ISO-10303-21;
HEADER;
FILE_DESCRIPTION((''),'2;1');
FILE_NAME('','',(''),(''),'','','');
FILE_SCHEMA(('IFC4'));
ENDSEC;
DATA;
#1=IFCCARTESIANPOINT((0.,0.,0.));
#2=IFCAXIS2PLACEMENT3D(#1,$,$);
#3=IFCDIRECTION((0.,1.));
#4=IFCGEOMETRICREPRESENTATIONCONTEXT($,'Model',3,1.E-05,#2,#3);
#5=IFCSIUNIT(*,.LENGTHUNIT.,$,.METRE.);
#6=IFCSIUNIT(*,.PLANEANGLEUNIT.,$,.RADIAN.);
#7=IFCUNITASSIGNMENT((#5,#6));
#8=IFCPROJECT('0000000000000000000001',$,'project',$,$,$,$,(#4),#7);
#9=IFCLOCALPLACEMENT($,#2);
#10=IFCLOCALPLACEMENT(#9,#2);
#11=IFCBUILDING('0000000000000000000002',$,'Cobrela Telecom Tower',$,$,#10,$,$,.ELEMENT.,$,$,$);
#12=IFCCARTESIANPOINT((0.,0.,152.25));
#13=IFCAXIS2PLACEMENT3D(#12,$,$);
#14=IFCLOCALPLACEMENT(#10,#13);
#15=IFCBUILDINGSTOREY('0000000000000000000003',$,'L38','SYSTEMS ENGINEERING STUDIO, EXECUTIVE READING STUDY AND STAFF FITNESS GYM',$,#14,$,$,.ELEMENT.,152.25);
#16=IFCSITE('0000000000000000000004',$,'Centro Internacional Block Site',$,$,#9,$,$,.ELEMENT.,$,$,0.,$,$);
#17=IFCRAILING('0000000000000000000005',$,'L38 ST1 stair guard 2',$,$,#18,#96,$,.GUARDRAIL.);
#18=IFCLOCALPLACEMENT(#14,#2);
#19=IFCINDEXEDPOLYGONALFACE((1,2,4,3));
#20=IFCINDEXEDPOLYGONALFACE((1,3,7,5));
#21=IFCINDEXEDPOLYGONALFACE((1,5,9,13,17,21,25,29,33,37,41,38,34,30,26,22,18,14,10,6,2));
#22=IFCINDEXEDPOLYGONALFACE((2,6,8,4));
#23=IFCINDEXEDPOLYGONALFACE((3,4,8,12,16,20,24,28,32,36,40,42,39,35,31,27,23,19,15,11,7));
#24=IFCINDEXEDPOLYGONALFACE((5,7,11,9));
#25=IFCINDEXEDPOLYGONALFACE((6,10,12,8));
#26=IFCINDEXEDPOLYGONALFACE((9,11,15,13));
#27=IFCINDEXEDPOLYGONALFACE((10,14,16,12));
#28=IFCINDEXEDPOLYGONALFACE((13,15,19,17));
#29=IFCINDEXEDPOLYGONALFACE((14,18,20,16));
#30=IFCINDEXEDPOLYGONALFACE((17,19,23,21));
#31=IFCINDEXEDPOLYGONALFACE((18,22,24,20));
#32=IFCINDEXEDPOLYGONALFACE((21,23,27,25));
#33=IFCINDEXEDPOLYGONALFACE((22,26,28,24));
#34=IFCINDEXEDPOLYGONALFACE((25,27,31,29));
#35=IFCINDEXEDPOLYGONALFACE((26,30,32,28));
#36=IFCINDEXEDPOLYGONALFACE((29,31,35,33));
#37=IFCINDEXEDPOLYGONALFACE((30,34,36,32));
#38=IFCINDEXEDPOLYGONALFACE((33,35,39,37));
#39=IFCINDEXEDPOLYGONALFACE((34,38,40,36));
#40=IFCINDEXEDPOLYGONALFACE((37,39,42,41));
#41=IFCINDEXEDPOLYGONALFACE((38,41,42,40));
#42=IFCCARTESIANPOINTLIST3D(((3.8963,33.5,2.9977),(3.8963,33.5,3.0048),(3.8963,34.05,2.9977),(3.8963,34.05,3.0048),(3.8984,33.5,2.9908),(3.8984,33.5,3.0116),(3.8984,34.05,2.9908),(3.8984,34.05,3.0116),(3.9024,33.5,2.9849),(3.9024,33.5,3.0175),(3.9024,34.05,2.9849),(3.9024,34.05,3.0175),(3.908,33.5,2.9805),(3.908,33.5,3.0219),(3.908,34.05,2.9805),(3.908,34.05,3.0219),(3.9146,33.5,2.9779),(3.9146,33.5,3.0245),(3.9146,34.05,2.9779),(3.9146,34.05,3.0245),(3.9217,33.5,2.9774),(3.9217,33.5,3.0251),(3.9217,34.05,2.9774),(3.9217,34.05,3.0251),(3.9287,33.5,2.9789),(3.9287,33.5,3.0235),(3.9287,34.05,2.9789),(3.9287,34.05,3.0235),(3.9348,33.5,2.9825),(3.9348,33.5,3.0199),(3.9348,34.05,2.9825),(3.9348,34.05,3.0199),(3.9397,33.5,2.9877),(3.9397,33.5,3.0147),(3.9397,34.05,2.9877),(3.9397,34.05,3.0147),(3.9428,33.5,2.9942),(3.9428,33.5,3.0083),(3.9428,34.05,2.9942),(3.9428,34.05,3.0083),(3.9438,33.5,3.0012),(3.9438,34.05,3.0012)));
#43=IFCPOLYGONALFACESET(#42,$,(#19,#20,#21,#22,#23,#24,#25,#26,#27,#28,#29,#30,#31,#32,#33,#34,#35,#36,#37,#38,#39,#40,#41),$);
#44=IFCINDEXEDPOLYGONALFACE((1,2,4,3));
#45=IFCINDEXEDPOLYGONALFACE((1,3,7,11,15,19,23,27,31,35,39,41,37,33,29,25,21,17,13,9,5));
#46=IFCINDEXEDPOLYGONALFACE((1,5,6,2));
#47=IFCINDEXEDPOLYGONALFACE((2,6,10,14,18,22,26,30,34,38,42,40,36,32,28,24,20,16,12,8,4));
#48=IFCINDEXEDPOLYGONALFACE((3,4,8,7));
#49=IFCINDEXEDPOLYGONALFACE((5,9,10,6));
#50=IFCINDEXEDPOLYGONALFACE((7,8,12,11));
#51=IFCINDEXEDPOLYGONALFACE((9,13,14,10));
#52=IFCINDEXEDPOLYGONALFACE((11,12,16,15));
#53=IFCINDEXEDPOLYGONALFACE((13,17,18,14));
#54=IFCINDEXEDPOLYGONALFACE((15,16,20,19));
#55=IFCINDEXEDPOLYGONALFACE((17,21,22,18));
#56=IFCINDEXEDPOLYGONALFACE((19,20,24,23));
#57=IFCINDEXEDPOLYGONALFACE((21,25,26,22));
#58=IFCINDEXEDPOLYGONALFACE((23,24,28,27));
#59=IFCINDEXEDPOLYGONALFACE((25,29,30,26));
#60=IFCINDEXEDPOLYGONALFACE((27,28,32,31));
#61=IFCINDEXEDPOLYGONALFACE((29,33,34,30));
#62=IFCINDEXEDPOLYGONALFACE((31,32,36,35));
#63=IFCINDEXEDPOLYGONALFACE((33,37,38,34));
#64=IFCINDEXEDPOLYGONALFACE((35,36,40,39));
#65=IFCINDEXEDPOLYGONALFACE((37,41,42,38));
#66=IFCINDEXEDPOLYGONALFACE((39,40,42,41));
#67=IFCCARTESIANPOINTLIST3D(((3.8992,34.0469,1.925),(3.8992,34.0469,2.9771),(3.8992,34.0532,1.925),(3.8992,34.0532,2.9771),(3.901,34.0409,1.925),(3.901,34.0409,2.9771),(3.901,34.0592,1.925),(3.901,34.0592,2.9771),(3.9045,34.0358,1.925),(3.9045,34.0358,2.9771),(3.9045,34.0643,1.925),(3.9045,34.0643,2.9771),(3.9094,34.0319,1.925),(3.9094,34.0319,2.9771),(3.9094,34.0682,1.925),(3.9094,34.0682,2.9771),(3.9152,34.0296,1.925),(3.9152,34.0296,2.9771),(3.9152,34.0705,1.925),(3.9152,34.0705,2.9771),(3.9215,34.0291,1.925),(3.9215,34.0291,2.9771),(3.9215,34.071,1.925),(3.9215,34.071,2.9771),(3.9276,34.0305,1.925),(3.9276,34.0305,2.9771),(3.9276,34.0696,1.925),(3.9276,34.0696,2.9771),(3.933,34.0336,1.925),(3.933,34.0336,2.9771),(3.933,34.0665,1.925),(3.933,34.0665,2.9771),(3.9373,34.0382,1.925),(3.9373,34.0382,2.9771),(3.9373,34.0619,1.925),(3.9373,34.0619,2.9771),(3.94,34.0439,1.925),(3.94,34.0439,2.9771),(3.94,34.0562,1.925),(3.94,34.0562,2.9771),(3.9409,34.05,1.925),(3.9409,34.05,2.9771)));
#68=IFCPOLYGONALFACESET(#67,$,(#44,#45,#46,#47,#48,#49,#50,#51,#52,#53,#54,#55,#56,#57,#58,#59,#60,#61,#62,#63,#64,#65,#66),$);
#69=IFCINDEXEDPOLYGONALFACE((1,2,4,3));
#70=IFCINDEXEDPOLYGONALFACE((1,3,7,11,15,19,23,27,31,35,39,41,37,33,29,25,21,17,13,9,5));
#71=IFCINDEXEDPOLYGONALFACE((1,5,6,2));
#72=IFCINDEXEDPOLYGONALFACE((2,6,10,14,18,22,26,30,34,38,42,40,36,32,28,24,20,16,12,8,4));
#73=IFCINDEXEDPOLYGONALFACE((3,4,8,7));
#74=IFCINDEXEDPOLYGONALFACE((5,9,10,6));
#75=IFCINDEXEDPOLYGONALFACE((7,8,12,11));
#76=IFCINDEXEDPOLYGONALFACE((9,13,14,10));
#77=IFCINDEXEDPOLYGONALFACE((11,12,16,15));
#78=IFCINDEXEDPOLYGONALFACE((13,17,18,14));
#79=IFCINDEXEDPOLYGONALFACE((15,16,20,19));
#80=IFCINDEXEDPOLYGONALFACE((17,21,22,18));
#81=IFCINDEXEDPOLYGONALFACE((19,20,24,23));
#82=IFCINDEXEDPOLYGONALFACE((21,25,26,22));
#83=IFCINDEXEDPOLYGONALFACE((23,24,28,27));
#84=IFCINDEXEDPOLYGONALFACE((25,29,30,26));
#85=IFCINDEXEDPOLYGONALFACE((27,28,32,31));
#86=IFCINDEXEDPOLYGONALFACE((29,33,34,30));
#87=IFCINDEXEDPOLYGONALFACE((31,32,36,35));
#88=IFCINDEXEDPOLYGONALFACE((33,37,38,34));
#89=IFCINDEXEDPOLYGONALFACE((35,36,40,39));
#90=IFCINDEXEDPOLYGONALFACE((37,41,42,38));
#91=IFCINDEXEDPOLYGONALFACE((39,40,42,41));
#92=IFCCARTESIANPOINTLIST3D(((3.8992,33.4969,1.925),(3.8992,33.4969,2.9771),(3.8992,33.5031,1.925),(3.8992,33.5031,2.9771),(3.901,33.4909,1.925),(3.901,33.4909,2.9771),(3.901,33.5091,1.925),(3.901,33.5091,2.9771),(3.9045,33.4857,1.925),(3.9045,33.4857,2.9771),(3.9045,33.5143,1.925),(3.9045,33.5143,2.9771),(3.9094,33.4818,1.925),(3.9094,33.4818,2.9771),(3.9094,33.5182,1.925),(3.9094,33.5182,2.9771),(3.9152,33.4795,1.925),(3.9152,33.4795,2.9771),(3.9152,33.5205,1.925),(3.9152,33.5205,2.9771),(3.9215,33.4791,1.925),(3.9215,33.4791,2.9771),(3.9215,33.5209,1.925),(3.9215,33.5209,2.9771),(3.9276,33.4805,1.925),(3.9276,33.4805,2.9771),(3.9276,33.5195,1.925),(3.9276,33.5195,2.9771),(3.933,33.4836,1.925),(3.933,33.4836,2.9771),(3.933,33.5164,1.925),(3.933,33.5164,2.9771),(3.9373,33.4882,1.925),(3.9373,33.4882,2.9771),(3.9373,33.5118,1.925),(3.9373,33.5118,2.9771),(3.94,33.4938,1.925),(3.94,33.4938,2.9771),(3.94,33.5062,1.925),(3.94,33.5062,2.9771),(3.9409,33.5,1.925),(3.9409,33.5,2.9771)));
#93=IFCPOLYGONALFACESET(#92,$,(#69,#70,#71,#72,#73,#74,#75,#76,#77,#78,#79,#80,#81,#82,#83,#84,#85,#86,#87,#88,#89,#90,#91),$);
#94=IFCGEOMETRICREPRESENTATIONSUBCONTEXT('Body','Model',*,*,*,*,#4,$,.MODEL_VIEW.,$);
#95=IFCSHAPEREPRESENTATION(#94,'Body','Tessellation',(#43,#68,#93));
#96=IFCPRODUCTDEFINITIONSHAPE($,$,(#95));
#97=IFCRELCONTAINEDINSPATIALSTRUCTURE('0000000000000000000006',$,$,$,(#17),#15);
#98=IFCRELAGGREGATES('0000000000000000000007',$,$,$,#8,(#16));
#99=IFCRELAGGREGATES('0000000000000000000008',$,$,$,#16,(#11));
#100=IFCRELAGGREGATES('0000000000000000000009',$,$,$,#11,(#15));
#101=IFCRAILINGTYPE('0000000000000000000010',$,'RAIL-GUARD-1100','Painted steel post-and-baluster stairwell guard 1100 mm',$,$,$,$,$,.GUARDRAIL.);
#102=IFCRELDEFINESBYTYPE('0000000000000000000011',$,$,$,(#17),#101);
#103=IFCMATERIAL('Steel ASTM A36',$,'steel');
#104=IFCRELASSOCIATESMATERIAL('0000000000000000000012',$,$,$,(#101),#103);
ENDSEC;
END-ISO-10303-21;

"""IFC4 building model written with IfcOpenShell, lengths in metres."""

from ifc_helpers import new_model, si_unit, direction, frame, origin, origin_2d, place, context, subcontext, project, spatial, circle, extrude, material, type_object, element, save


model = new_model("IFC4")

# Units and contexts
model_context = context("Model", 3, precision=1e-05, world=origin(), true_north=direction((0.0, 1.0)))
body_context = subcontext(model_context, "Body", "Model", "MODEL_VIEW")
ifc_project = project(units=[si_unit("LENGTHUNIT", "METRE"), si_unit("PLANEANGLEUNIT", "RADIAN")], contexts=[model_context])

# Site, building, storey
site_placement = place(None, origin())
site = spatial("IfcSite", under=ifc_project, at=site_placement, Name="Centro Internacional Block Site", CompositionType="ELEMENT", RefElevation=0.0)
building_placement = place(site_placement, origin())
building = spatial("IfcBuilding", under=site, at=building_placement, Name="Cobrela Telecom Tower", CompositionType="ELEMENT")
storey_placement = place(building_placement, frame((0.0, 0.0, 152.25)))
storey = spatial("IfcBuildingStorey", under=building, at=storey_placement, Name="L38", Description="SYSTEMS ENGINEERING STUDIO, EXECUTIVE READING STUDY AND STAFF FITNESS GYM", CompositionType="ELEMENT", Elevation=152.25)

# Shared definitions
ifc_material_1 = material(Name="Steel ASTM A36", Category="steel")

# Railing
railing_type_1 = type_object("IfcRailingType", Name="RAIL-GUARD-1100", Description="Painted steel post-and-baluster stairwell guard 1100 mm", PredefinedType="GUARDRAIL", material=ifc_material_1)
railing_1_placement = place(storey_placement, frame((3.9199, 34.05, 1.925)))
element("IfcRailing", 1, at=railing_1_placement, inside=storey, type_object=railing_type_1, Name="L38 ST1 stair guard 2", PredefinedType="GUARDRAIL", context=body_context, shape_type="SweptSolid", body=[
    extrude(circle(Radius=0.0239, at=origin_2d()), frame((0.0, 0.0, 1.0762), z_axis=(0.0, -1.0, 0.0), x_axis=(1.0, 0.0, 0.0)), (0.0, 0.0, 1.0), 0.55),
    extrude(circle(Radius=0.021, at=origin_2d()), origin(), (0.0, 0.0, 1.0), 1.052),
    extrude(circle(Radius=0.021, at=origin_2d()), frame((0.0, -0.55, 0.0)), (0.0, 0.0, 1.0), 1.052),
])

save(model, "model.ifc")
